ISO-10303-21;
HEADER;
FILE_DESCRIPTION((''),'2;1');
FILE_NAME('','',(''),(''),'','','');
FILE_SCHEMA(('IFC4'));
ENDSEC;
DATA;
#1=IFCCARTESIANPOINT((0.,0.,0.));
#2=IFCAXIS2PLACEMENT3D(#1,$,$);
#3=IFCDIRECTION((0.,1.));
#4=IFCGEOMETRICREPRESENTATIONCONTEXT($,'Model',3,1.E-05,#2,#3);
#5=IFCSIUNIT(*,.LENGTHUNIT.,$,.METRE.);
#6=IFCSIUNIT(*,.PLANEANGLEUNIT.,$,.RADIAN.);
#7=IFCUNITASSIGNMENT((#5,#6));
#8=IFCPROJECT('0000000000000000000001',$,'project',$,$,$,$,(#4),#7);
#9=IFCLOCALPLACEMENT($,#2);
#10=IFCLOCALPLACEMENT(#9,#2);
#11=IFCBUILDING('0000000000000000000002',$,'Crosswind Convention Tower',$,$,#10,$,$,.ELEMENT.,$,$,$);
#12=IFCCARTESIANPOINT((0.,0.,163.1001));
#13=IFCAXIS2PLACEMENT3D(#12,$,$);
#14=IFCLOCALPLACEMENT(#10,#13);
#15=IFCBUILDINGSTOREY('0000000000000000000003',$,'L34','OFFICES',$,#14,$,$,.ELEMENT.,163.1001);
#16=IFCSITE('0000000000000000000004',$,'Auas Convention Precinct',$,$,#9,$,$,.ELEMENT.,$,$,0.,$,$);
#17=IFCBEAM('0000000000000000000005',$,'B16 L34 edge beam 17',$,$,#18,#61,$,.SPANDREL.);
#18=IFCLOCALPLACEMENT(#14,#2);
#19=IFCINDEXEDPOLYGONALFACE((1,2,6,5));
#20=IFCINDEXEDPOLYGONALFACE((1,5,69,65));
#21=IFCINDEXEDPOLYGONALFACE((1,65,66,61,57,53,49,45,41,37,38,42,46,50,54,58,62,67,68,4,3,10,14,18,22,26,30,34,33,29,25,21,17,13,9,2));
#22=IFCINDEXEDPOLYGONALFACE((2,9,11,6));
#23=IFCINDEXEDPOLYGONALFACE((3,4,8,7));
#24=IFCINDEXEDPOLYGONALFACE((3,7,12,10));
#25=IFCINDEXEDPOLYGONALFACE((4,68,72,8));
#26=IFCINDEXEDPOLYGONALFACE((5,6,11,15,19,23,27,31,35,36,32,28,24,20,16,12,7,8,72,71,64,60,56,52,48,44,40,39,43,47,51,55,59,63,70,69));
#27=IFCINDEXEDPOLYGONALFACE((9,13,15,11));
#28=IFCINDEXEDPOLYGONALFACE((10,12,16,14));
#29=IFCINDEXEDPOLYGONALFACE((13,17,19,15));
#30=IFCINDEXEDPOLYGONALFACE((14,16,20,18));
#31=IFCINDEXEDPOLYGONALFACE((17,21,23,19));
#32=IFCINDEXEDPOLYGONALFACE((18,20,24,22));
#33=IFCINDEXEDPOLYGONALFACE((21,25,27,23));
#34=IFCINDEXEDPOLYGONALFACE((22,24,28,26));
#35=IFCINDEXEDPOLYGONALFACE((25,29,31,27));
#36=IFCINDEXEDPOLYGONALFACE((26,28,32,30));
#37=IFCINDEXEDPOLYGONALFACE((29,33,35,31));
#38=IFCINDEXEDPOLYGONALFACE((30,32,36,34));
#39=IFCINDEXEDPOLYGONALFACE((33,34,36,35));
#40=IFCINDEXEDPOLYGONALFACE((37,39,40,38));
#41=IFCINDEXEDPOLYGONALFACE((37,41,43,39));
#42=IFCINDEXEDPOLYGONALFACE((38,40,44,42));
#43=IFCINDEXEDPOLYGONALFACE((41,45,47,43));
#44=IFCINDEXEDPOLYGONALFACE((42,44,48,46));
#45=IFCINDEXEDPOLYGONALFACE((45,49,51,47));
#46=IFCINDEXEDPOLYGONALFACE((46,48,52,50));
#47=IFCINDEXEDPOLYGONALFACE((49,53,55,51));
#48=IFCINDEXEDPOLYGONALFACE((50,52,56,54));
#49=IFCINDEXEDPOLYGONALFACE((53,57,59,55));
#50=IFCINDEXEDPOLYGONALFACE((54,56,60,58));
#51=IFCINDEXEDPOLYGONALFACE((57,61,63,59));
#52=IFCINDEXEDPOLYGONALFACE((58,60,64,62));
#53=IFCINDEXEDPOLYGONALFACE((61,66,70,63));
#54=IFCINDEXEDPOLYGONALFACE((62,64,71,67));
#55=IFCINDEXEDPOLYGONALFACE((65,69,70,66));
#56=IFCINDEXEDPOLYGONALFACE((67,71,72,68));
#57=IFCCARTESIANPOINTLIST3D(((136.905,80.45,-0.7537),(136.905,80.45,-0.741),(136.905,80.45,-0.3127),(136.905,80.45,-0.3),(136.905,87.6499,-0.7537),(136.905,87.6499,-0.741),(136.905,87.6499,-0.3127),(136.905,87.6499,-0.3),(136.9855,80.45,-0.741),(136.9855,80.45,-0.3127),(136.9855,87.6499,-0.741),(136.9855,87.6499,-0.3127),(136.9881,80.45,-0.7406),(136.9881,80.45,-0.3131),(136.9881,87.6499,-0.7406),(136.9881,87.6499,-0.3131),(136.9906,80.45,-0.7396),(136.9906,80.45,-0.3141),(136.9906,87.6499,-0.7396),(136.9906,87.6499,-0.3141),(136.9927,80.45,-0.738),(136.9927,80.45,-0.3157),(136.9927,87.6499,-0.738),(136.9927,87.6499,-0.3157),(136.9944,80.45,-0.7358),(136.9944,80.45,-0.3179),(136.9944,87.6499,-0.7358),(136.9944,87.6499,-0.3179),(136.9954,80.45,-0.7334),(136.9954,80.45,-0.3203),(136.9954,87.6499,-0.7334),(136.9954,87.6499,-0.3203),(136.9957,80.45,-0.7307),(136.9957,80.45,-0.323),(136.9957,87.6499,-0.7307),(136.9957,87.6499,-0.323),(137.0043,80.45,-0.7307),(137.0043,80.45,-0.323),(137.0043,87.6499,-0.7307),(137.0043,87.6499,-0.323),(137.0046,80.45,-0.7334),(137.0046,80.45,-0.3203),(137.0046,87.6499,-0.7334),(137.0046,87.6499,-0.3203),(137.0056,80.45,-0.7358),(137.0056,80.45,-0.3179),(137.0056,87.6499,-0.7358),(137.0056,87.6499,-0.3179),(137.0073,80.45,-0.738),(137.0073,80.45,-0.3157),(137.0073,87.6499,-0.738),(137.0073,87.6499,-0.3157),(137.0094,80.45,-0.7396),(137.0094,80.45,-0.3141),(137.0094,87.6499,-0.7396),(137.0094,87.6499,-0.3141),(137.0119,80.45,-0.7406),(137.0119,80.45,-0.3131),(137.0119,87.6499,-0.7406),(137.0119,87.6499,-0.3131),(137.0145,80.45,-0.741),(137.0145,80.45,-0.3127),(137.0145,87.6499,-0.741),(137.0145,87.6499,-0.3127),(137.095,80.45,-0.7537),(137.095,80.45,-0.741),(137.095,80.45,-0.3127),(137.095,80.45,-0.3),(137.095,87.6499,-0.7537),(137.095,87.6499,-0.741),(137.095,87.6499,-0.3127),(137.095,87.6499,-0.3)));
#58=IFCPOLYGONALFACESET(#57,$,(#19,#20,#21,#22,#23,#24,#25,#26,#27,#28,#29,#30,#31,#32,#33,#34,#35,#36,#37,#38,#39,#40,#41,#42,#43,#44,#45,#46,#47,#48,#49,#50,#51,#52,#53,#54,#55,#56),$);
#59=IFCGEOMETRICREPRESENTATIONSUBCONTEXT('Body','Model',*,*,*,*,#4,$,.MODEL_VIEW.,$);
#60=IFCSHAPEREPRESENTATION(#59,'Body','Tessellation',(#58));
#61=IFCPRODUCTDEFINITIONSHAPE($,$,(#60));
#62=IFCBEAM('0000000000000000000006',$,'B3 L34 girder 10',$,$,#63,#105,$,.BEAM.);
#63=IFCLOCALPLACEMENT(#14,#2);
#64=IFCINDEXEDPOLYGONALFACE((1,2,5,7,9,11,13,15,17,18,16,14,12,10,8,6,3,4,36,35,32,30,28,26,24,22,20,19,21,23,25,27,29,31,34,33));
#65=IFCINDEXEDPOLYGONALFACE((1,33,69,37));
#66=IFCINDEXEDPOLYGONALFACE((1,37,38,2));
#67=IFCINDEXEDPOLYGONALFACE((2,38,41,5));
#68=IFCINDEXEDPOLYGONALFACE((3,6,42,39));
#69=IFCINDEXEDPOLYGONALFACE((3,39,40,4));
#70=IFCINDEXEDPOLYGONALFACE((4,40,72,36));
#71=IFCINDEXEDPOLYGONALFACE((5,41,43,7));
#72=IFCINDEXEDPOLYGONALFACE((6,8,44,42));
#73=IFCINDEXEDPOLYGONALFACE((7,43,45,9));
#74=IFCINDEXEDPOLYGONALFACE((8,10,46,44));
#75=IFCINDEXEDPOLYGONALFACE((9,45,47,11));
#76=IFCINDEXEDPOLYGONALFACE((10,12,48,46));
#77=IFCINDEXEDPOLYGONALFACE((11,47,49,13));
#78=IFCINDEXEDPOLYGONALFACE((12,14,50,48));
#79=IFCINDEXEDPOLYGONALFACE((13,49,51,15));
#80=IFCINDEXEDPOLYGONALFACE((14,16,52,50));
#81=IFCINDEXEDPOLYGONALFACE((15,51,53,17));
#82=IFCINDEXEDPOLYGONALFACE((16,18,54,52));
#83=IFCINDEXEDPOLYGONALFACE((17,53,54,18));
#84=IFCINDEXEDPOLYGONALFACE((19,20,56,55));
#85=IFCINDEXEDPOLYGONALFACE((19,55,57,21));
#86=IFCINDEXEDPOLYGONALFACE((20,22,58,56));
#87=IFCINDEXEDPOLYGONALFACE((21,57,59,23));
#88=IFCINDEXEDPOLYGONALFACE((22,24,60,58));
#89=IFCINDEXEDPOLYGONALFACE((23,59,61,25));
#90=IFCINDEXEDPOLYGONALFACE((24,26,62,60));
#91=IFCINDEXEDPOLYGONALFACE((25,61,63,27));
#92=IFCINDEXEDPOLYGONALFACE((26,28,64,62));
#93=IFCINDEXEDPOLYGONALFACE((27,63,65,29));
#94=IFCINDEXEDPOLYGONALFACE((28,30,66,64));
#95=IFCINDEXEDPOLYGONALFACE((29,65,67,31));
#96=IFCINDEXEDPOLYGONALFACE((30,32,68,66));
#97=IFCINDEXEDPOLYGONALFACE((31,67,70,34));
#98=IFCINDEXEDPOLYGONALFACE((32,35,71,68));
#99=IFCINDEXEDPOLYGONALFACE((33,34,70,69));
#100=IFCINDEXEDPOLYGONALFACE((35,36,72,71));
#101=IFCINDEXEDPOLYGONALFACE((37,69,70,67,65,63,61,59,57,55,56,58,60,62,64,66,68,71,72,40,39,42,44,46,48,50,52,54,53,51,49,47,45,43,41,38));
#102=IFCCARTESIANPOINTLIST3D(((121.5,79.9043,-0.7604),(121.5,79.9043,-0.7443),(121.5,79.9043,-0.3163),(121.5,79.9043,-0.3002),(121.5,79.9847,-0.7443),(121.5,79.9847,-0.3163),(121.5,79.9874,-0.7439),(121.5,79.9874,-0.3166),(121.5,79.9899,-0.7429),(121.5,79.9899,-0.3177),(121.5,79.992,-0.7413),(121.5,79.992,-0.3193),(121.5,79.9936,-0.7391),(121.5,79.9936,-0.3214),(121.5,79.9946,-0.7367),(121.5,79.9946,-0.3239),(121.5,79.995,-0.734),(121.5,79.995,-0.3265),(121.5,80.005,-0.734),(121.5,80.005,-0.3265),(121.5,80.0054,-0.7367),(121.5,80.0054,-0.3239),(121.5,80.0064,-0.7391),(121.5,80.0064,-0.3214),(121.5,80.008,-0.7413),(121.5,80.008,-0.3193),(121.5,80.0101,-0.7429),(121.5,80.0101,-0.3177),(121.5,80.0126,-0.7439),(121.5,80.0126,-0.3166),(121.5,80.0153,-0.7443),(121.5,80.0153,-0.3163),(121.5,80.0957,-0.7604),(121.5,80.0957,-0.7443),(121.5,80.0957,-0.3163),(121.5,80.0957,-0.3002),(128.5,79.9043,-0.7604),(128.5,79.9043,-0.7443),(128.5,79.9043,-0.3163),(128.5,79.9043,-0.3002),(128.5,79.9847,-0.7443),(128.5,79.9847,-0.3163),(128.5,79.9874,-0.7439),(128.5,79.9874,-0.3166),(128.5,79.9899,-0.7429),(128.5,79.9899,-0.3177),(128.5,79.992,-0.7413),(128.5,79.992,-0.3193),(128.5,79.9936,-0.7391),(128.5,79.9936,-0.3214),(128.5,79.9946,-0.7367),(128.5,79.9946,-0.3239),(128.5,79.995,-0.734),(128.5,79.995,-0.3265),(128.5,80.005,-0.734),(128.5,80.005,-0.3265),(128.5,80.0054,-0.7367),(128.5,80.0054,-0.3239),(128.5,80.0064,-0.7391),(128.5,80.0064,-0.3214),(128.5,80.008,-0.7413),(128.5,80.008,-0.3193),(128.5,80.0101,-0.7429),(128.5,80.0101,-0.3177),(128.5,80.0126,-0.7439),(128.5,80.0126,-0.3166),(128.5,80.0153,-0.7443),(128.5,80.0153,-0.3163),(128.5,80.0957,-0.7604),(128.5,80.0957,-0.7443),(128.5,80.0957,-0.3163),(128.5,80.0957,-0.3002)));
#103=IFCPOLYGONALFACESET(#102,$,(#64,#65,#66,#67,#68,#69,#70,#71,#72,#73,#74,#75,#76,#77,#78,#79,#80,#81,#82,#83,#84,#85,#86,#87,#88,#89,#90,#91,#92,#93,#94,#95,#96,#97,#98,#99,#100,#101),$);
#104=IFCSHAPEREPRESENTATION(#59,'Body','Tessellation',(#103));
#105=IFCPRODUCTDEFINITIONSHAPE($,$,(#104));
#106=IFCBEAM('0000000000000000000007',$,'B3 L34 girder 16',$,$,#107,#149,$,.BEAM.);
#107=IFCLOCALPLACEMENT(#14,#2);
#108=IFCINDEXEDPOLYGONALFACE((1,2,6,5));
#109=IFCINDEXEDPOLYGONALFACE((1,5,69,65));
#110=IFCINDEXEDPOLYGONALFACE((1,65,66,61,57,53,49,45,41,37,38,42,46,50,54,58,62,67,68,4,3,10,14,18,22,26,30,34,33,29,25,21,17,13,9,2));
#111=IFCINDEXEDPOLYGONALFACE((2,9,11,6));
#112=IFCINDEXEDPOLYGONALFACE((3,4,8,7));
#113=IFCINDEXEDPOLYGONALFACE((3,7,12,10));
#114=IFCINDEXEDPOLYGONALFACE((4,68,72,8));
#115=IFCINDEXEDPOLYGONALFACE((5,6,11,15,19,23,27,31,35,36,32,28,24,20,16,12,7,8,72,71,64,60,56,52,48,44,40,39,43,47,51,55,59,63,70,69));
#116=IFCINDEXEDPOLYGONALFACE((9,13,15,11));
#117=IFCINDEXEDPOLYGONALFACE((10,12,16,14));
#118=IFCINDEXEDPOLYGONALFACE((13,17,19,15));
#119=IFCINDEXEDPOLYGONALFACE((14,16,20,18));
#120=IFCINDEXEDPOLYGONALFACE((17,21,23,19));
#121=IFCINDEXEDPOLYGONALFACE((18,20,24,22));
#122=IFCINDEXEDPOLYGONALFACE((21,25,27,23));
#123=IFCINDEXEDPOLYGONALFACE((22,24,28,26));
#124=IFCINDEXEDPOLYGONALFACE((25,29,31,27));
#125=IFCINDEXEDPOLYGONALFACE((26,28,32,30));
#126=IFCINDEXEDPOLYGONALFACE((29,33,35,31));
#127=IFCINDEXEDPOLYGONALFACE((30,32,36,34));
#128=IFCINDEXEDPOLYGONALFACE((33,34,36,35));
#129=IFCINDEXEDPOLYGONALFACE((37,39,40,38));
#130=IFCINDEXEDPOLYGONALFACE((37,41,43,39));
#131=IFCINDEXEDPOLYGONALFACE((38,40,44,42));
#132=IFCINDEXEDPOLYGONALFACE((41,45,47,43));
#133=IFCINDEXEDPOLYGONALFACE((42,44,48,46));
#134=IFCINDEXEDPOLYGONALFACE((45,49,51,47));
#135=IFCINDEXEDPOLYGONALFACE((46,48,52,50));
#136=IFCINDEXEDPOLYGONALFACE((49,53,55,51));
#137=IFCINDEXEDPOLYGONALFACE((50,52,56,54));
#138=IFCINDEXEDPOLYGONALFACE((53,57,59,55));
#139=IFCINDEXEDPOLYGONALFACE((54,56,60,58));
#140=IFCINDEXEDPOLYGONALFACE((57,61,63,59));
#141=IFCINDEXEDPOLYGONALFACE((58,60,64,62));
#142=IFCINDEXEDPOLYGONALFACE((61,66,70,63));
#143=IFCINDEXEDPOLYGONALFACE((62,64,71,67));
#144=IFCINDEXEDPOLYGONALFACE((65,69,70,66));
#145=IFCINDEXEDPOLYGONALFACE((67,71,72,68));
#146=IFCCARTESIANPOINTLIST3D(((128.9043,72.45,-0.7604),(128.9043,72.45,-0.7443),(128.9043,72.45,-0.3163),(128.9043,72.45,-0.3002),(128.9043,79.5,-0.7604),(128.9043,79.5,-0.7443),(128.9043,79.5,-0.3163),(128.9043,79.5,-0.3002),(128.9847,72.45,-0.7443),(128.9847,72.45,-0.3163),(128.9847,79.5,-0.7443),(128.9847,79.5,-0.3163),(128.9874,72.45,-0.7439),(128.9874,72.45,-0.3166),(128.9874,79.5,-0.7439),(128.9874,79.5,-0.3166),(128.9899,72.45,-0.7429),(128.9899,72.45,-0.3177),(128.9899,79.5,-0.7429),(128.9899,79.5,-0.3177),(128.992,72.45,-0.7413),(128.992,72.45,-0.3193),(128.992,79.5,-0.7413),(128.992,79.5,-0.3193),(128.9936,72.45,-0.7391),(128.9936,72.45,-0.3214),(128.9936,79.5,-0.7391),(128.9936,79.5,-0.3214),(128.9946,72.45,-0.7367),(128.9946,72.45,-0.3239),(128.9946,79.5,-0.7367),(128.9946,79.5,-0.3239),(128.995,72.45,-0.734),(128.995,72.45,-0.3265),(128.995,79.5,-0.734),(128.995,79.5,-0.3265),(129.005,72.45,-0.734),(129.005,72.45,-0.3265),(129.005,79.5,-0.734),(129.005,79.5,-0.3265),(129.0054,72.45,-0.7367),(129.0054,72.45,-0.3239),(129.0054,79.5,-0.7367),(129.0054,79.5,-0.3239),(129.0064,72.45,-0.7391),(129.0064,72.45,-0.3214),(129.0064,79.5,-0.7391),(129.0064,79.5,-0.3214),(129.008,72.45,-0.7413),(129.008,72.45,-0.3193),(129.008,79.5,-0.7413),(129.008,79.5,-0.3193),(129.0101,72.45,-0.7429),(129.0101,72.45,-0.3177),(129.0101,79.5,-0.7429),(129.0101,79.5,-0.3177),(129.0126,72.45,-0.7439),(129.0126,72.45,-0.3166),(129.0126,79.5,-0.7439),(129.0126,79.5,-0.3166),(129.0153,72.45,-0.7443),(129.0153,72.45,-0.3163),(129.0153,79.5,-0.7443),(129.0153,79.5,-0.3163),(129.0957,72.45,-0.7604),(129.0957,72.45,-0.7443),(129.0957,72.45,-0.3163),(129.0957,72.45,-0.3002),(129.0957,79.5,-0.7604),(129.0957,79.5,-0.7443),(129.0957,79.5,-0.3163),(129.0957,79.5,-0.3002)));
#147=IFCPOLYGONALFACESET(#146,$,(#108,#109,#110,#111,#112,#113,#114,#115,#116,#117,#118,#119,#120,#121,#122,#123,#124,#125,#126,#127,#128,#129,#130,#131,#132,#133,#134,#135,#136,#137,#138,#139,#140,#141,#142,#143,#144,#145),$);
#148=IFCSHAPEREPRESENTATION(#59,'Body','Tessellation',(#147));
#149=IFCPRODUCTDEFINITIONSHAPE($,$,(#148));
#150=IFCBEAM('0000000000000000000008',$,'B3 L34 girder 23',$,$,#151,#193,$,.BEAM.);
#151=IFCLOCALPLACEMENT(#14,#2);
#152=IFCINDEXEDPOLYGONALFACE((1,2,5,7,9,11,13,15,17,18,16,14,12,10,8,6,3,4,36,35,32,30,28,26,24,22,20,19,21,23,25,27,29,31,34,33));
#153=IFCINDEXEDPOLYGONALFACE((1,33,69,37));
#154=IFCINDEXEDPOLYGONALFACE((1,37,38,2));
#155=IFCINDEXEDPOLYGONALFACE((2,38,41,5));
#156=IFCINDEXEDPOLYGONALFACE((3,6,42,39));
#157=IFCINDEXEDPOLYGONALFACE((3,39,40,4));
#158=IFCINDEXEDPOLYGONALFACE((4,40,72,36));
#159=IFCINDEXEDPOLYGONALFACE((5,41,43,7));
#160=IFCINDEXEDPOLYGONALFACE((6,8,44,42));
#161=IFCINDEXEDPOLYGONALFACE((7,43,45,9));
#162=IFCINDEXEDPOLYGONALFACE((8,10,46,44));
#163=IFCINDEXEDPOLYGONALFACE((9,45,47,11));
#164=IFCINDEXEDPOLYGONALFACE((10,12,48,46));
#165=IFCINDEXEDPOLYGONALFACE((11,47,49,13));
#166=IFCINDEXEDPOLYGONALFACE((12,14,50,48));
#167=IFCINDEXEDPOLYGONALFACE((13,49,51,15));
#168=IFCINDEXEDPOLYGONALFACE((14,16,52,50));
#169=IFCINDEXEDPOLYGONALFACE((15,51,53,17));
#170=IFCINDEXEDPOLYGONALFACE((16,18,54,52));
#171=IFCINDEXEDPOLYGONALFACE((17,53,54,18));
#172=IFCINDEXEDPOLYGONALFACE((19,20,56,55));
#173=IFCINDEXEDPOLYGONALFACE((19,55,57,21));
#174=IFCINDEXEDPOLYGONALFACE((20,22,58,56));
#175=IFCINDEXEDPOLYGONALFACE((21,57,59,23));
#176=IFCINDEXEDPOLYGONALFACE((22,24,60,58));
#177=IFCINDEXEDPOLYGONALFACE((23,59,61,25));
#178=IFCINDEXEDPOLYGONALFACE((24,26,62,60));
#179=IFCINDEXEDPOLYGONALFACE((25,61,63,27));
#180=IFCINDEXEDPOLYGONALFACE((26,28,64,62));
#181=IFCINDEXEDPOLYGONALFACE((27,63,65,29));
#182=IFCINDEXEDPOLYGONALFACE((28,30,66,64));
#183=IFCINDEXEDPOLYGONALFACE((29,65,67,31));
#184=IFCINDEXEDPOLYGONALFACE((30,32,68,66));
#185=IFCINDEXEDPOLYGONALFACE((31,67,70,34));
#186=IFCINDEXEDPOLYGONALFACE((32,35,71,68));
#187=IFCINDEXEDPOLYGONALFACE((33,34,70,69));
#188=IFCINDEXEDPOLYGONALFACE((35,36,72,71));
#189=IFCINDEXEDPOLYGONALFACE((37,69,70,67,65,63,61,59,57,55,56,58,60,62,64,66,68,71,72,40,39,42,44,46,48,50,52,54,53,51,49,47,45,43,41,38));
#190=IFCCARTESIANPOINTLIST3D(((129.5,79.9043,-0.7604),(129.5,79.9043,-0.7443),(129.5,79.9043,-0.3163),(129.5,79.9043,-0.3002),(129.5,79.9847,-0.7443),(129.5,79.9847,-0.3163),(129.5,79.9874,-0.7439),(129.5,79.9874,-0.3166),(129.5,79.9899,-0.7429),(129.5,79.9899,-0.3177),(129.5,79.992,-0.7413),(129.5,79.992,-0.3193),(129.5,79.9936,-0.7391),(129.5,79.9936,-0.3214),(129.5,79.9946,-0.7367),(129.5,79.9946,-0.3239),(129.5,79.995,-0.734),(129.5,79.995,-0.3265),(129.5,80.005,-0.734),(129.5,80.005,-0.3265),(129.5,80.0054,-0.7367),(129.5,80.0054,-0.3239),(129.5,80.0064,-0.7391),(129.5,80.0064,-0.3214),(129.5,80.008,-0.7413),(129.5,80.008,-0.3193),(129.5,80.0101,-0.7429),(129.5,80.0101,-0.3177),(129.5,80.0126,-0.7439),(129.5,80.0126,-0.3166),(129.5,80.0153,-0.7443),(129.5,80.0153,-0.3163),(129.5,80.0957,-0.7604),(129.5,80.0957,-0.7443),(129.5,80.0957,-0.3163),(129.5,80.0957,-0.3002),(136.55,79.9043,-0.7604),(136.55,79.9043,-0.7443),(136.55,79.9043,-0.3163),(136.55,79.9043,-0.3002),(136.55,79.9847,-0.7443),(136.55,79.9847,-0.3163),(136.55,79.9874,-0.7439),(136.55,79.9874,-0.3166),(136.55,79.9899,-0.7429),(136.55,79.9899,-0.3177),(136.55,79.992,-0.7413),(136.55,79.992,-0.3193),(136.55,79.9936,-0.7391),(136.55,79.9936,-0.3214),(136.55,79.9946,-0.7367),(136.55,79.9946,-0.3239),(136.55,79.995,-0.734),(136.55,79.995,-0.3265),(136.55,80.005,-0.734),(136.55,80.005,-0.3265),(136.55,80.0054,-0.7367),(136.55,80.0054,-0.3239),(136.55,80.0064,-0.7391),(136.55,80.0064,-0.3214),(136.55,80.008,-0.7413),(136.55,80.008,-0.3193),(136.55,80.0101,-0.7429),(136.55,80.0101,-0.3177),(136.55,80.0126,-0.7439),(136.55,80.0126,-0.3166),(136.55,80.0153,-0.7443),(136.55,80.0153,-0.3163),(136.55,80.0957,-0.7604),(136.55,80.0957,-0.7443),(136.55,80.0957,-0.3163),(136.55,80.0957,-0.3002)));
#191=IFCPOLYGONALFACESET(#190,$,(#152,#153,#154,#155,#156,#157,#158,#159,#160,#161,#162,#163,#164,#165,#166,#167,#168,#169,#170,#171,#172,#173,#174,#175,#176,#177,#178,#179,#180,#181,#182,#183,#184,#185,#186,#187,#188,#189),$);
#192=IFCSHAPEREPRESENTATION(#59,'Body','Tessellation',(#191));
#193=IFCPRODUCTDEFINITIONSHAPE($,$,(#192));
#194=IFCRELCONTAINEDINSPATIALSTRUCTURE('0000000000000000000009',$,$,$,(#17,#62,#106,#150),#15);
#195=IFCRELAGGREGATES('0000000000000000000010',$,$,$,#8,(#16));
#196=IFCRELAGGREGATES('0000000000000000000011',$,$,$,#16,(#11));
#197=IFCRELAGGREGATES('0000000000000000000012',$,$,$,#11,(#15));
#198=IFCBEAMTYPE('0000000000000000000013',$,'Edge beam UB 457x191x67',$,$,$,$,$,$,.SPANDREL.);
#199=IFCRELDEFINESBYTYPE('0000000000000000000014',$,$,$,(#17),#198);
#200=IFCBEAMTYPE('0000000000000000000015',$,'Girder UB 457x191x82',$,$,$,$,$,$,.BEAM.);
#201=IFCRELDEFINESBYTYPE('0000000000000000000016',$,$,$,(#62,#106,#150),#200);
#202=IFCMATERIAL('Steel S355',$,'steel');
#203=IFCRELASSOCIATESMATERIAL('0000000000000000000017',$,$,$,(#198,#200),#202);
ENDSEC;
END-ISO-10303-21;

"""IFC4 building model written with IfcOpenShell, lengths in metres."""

from ifc_helpers import new_model, si_unit, direction, frame, origin, origin_2d, place, context, subcontext, project, spatial, i_section, extrude, material, material_profile, profile_set, type_object, element, save


model = new_model("IFC4")

# Units and contexts
model_context = context("Model", 3, precision=1e-05, world=origin(), true_north=direction((0.0, 1.0)))
body_context = subcontext(model_context, "Body", "Model", "MODEL_VIEW")
ifc_project = project(units=[si_unit("LENGTHUNIT", "METRE"), si_unit("PLANEANGLEUNIT", "RADIAN")], contexts=[model_context])

# Site, building, storey
site_placement = place(None, origin())
site = spatial("IfcSite", under=ifc_project, at=site_placement, Name="Auas Convention Precinct", CompositionType="ELEMENT", RefElevation=0.0)
building_placement = place(site_placement, origin())
building = spatial("IfcBuilding", under=site, at=building_placement, Name="Crosswind Convention Tower", CompositionType="ELEMENT")
storey_placement = place(building_placement, frame((0.0, 0.0, 163.1001)))
storey = spatial("IfcBuildingStorey", under=building, at=storey_placement, Name="L34", Description="OFFICES", CompositionType="ELEMENT", Elevation=163.1001)

# Beams
ifc_material_1 = material(Name="Steel S355", Category="steel")
ifc_material_profile_1 = material_profile(ifc_material_1, i_section(OverallWidth=0.1899, OverallDepth=0.4536, WebThickness=0.0085, FlangeThickness=0.0127, FilletRadius=0.0103, at=origin_2d()), Name="UB 457x191x67")
ifc_profile_set_1 = profile_set([ifc_material_profile_1], Name="Steel S355")
beam_type_1 = type_object("IfcBeamType", Name="Edge beam UB 457x191x67", PredefinedType="SPANDREL", material=ifc_profile_set_1)
for number, where, z_axis, x_axis, name in (
    (1, (137.0, 80.45, -0.5269), (0.0, 1.0, 0.0), (-1.0, 0.0, 0.0), "B16 L34 edge beam 17"),
):
    element("IfcBeam", number, at=place(storey_placement, frame(where, z_axis=z_axis, x_axis=x_axis)), inside=storey, type_object=beam_type_1, Name=name, PredefinedType="SPANDREL", context=body_context, shape_type="SweptSolid", body=[
        extrude(i_section(OverallWidth=0.1899, OverallDepth=0.4536, WebThickness=0.0085, FlangeThickness=0.0127, FilletRadius=0.0103, at=origin_2d()), origin(), (0.0, 0.0, 1.0), 7.2),
    ])
ifc_material_profile_2 = material_profile(ifc_material_1, i_section(OverallWidth=0.1914, OverallDepth=0.4602, WebThickness=0.01, FlangeThickness=0.0161, FilletRadius=0.0103, at=origin_2d()), Name="UB 457x191x82")
ifc_profile_set_2 = profile_set([ifc_material_profile_2], Name="Steel S355")
beam_type_2 = type_object("IfcBeamType", Name="Girder UB 457x191x82", PredefinedType="BEAM", material=ifc_profile_set_2)
beam_1_placement = place(storey_placement, frame((121.5, 80.0, -0.5303), z_axis=(1.0, 0.0, 0.0), x_axis=(0.0, 1.0, 0.0)))
element("IfcBeam", 2, at=beam_1_placement, inside=storey, type_object=beam_type_2, Name="B3 L34 girder 10", PredefinedType="BEAM", context=body_context, shape_type="SweptSolid", body=[
    extrude(i_section(OverallWidth=0.1914, OverallDepth=0.4602, WebThickness=0.01, FlangeThickness=0.0161, FilletRadius=0.0103, at=origin_2d()), origin(), (0.0, 0.0, 1.0), 7.0),
])
for number, where, z_axis, x_axis, name in (
    (3, (129.0, 72.45, -0.5303), (0.0, 1.0, 0.0), (-1.0, 0.0, 0.0), "B3 L34 girder 16"),
    (4, (129.5, 80.0, -0.5303), (1.0, 0.0, 0.0), (0.0, 1.0, 0.0), "B3 L34 girder 23"),
):
    element("IfcBeam", number, at=place(storey_placement, frame(where, z_axis=z_axis, x_axis=x_axis)), inside=storey, type_object=beam_type_2, Name=name, PredefinedType="BEAM", context=body_context, shape_type="SweptSolid", body=[
        extrude(i_section(OverallWidth=0.1914, OverallDepth=0.4602, WebThickness=0.01, FlangeThickness=0.0161, FilletRadius=0.0103, at=origin_2d()), origin(), (0.0, 0.0, 1.0), 7.05),
    ])

save(model, "model.ifc")
